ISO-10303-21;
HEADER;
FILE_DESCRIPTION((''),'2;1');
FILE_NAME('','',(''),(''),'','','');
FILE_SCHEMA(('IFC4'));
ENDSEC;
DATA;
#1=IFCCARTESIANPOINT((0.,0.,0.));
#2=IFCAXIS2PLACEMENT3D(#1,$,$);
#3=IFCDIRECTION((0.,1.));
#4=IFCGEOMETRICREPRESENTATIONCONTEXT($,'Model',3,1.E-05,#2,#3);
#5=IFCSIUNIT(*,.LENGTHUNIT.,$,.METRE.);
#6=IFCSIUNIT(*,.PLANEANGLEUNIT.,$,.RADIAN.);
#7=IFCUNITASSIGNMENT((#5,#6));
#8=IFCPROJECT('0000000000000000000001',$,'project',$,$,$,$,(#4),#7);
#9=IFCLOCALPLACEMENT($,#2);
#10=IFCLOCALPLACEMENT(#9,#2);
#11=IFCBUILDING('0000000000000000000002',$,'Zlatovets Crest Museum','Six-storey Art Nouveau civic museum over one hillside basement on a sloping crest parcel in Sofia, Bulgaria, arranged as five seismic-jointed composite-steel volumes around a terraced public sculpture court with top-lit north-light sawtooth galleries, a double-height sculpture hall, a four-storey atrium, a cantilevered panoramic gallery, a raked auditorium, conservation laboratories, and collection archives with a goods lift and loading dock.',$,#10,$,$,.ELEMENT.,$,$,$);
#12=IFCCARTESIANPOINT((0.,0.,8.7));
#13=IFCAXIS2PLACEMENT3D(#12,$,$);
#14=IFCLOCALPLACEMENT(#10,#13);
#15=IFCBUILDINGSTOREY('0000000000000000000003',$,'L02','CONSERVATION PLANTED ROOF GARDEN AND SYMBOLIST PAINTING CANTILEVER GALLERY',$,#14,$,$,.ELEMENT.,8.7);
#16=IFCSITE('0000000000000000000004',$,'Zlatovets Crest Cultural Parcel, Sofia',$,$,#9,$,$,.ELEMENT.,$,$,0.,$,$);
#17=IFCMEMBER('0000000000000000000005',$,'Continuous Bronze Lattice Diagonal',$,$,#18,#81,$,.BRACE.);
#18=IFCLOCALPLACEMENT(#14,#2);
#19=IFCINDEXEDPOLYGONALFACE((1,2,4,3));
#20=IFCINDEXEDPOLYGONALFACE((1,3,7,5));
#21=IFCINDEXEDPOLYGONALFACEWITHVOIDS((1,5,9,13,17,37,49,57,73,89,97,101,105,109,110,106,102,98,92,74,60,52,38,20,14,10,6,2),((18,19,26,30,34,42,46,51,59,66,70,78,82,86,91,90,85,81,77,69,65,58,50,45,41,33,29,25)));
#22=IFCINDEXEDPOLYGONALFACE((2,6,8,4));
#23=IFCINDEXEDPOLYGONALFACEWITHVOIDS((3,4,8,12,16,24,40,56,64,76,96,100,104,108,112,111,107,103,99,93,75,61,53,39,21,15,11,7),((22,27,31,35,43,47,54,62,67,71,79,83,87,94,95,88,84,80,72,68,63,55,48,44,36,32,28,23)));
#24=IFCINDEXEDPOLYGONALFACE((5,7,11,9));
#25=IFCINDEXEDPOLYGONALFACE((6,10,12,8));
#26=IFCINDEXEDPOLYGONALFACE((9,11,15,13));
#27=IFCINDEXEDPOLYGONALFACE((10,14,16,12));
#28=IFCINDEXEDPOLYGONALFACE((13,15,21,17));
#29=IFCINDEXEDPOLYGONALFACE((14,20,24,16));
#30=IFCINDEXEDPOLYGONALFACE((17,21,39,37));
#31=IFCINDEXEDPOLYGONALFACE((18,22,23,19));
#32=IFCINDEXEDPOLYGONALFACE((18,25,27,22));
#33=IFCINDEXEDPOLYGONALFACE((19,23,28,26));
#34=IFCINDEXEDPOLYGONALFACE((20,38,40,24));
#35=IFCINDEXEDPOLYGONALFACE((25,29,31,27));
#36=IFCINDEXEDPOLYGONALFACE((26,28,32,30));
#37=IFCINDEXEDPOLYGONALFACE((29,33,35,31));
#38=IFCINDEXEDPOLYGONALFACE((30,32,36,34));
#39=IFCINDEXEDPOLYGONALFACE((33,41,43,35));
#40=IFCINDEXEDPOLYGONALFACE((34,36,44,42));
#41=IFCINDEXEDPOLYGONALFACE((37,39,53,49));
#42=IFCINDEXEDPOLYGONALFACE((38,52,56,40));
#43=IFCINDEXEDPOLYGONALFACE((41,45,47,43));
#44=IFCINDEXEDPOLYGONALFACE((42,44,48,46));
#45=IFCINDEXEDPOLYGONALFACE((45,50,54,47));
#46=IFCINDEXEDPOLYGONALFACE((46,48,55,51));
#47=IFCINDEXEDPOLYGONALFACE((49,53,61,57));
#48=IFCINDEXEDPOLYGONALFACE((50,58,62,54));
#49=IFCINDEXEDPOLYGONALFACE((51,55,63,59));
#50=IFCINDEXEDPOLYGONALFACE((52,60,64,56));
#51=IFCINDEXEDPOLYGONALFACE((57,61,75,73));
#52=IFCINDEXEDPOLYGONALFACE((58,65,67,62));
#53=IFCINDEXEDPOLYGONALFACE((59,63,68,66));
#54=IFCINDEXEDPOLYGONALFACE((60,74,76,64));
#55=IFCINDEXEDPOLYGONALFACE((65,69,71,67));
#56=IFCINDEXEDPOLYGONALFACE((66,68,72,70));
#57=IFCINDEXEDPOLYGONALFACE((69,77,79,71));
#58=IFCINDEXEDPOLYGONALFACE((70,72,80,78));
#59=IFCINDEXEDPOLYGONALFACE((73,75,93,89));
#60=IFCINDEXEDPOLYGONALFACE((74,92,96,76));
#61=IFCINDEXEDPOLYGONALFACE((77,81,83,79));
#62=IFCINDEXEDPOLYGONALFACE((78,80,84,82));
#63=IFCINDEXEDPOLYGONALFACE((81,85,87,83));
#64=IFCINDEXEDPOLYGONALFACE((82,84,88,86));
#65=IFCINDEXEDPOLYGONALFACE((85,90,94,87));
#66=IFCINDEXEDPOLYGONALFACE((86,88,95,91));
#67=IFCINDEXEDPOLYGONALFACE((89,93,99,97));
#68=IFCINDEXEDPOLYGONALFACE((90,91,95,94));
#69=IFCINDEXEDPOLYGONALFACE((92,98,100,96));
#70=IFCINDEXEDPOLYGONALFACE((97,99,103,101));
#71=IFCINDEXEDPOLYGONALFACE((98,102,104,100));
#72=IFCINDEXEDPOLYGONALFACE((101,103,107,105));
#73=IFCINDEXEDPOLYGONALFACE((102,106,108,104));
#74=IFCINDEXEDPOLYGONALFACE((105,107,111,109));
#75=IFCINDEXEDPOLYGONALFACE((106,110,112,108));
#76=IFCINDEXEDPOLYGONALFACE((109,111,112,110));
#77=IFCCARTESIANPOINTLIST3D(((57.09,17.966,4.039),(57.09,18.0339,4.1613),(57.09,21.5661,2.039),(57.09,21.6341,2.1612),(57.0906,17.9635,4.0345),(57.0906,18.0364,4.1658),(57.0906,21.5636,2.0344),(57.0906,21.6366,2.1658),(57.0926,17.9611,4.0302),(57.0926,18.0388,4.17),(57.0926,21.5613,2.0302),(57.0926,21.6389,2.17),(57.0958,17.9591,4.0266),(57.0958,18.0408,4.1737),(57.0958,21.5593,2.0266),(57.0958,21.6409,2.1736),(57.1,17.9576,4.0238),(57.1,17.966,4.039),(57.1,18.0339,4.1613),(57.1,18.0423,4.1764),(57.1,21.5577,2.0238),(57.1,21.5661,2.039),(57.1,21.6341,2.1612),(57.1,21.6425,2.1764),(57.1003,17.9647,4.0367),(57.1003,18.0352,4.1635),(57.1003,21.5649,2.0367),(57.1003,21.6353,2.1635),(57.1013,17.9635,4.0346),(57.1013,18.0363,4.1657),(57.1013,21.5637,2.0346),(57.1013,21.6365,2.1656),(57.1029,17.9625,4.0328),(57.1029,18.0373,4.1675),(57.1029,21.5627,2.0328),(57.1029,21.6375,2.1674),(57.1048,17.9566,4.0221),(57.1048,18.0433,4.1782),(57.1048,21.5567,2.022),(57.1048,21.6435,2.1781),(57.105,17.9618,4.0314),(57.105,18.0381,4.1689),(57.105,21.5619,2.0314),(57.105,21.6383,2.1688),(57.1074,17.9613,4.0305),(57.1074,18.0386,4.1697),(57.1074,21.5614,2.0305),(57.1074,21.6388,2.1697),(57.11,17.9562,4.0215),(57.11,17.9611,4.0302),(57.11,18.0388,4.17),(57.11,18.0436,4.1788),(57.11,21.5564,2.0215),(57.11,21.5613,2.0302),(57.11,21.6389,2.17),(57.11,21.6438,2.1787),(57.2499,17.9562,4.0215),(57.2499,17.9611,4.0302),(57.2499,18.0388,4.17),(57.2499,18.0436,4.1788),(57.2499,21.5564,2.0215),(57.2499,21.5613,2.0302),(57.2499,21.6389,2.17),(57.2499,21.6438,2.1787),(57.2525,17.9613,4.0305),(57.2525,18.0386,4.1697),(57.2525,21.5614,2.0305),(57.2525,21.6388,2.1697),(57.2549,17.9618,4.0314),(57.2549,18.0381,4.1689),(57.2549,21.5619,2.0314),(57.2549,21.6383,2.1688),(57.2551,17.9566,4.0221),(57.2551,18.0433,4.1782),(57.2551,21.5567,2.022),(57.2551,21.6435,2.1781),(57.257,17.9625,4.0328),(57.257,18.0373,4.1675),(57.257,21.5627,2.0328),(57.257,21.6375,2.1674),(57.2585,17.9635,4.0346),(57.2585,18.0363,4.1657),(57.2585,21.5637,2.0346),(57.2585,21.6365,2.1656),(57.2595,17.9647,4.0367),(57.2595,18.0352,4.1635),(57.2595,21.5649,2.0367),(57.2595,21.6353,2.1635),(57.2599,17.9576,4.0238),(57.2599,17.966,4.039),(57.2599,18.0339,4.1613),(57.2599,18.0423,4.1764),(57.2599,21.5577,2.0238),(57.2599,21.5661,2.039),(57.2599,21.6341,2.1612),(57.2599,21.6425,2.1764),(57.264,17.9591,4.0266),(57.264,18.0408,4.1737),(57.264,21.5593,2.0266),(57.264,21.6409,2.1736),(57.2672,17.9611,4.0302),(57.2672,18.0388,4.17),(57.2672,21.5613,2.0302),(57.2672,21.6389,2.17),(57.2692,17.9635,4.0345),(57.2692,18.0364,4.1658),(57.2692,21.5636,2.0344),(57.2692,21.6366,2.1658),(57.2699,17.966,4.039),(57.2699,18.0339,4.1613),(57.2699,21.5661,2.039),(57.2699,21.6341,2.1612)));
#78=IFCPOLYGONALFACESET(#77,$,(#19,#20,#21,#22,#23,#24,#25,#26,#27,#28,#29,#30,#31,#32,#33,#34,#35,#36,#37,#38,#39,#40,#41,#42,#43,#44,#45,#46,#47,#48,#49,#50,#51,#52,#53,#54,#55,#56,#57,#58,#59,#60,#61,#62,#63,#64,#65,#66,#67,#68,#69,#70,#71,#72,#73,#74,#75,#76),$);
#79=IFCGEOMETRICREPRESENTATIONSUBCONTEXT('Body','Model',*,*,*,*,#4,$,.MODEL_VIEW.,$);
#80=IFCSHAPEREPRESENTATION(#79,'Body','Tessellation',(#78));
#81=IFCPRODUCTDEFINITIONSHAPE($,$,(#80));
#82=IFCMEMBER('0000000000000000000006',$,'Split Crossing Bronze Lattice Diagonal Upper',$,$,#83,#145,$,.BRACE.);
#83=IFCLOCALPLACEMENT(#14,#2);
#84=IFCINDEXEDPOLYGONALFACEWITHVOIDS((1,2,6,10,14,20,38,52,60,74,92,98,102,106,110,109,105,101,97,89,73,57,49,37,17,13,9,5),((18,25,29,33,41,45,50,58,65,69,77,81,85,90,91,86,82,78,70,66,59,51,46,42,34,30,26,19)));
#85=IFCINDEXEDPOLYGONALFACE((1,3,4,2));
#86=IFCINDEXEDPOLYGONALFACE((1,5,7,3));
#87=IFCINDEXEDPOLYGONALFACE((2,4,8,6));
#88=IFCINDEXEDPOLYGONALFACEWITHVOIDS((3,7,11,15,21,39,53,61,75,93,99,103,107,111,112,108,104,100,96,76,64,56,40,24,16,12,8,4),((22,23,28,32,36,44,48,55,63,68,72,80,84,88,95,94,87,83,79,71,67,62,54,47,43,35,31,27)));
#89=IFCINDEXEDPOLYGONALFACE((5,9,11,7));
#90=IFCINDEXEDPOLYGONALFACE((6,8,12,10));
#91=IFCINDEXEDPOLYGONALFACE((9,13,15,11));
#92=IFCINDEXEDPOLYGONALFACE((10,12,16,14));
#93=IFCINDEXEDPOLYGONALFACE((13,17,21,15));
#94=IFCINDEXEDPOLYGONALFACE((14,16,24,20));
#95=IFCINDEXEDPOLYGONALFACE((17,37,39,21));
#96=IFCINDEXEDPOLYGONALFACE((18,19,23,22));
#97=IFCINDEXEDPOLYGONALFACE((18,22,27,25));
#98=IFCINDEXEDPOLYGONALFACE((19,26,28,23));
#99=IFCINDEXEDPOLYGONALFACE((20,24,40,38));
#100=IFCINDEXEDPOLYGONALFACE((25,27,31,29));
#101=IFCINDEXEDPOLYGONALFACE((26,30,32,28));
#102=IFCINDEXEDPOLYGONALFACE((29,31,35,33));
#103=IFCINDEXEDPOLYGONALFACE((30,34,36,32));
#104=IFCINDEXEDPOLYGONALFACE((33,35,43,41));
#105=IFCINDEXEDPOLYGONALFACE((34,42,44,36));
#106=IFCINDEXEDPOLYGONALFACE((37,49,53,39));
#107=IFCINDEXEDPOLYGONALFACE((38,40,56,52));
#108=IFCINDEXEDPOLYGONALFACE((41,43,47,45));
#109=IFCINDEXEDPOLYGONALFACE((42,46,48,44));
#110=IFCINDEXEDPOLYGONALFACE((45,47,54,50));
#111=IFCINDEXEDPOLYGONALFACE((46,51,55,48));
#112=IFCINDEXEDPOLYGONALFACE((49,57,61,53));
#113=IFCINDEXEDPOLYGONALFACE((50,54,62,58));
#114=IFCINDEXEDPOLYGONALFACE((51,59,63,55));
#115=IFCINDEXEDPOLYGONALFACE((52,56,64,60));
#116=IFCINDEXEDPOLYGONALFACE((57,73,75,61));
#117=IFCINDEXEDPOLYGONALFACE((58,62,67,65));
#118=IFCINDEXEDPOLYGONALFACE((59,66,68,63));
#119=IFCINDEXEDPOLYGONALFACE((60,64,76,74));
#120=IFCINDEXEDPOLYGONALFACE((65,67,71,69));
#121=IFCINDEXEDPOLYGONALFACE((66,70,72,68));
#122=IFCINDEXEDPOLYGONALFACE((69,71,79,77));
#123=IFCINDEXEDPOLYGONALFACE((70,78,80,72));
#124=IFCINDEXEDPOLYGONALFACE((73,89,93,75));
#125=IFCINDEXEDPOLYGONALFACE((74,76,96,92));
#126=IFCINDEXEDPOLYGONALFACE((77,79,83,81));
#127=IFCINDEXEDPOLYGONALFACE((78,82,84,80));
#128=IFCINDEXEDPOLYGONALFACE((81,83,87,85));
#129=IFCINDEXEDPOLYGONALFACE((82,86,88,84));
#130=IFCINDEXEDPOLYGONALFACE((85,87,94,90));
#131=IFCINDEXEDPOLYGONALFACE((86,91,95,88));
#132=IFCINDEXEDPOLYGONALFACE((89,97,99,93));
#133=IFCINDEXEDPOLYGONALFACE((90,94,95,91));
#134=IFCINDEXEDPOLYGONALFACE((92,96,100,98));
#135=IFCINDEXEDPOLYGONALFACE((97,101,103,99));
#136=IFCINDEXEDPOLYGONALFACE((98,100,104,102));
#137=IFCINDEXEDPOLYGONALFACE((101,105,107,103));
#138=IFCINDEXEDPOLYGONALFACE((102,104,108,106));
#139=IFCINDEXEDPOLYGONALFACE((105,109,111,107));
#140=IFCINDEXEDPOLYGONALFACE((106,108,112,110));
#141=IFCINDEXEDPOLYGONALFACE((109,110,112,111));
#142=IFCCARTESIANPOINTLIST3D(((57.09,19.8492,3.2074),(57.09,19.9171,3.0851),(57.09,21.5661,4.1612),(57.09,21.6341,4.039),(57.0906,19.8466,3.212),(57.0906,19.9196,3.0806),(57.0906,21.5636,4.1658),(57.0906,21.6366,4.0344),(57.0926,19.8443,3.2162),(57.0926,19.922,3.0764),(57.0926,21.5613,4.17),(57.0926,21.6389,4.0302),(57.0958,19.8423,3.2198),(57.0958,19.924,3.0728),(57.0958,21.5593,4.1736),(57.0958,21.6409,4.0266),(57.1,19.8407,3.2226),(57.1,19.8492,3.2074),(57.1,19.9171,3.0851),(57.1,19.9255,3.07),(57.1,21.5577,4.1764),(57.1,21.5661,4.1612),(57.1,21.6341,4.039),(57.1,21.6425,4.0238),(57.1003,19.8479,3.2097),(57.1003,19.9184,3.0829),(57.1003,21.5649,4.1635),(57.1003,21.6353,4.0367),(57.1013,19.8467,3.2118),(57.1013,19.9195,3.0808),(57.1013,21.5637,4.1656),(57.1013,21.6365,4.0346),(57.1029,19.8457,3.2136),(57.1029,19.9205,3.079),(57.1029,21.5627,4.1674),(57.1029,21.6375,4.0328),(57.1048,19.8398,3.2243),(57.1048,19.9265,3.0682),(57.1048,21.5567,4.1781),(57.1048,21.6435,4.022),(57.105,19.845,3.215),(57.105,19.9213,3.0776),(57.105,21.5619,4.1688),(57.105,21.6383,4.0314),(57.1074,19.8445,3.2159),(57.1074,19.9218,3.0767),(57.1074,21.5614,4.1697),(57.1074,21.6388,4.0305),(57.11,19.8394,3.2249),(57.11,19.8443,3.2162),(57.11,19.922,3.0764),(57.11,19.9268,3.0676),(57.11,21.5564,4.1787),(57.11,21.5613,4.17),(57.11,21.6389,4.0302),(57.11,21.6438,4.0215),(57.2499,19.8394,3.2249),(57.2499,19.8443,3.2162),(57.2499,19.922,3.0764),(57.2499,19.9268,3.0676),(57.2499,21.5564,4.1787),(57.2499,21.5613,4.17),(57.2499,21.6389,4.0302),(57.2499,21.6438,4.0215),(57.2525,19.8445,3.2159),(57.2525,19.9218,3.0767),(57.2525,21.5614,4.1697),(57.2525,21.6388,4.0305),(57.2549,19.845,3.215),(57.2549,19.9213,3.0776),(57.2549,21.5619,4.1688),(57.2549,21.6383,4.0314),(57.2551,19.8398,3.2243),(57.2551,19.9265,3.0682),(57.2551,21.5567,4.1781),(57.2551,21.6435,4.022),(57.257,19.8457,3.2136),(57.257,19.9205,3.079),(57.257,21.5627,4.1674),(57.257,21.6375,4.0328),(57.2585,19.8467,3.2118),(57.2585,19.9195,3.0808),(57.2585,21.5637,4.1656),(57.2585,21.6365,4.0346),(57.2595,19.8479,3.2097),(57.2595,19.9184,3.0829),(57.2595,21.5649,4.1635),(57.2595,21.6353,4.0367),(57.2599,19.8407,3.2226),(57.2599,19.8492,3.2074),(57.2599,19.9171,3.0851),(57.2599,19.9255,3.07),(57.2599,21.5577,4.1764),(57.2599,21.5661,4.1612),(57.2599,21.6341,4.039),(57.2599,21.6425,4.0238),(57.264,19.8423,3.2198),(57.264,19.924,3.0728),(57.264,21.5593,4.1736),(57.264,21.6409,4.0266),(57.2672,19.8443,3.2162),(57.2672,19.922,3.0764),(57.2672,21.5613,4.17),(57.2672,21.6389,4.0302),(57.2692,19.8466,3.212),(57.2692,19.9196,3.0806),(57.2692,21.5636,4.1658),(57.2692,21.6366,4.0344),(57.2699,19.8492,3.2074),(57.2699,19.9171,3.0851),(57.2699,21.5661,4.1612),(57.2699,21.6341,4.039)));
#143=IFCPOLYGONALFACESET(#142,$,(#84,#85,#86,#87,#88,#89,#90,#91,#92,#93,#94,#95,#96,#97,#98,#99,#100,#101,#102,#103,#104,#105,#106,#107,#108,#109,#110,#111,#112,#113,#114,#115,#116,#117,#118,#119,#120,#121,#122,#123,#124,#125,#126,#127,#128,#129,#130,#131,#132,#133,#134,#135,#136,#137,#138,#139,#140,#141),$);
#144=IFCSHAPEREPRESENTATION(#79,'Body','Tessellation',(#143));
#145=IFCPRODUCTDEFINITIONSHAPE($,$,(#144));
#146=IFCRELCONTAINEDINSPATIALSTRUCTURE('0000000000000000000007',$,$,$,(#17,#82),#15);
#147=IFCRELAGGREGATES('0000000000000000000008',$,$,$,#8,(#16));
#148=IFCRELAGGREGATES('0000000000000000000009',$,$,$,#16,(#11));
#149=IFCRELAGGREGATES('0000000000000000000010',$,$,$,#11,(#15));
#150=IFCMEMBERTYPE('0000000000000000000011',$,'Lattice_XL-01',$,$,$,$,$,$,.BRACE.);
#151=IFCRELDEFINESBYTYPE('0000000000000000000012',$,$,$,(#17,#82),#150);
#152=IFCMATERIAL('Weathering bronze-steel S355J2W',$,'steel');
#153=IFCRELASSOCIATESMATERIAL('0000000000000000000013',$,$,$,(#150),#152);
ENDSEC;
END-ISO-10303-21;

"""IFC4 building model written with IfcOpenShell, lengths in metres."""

from ifc_helpers import new_model, si_unit, direction, frame, origin, origin_2d, place, context, subcontext, project, spatial, hollow_rectangle, extrude, material, material_profile, profile_set, type_object, element, save


model = new_model("IFC4")

# Units and contexts
model_context = context("Model", 3, precision=1e-05, world=origin(), true_north=direction((0.0, 1.0)))
body_context = subcontext(model_context, "Body", "Model", "MODEL_VIEW")
ifc_project = project(units=[si_unit("LENGTHUNIT", "METRE"), si_unit("PLANEANGLEUNIT", "RADIAN")], contexts=[model_context])

# Site, building, storey
site_placement = place(None, origin())
site = spatial("IfcSite", under=ifc_project, at=site_placement, Name="Zlatovets Crest Cultural Parcel, Sofia", CompositionType="ELEMENT", RefElevation=0.0)
building_placement = place(site_placement, origin())
building = spatial("IfcBuilding", under=site, at=building_placement, Name="Zlatovets Crest Museum", Description="Six-storey Art Nouveau civic museum over one hillside basement on a sloping crest parcel in Sofia, Bulgaria, arranged as five seismic-jointed composite-steel volumes around a terraced public sculpture court with top-lit north-light sawtooth galleries, a double-height sculpture hall, a four-storey atrium, a cantilevered panoramic gallery, a raked auditorium, conservation laboratories, and collection archives with a goods lift and loading dock.", CompositionType="ELEMENT")
storey_placement = place(building_placement, frame((0.0, 0.0, 8.7)))
storey = spatial("IfcBuildingStorey", under=building, at=storey_placement, Name="L02", Description="CONSERVATION PLANTED ROOF GARDEN AND SYMBOLIST PAINTING CANTILEVER GALLERY", CompositionType="ELEMENT", Elevation=8.7)

# Members
ifc_material_1 = material(Name="Weathering bronze-steel S355J2W", Category="steel")
ifc_material_profile_1 = material_profile(ifc_material_1, hollow_rectangle(XDim=0.1799, YDim=0.1799, WallThickness=0.01, InnerFilletRadius=0.01, OuterFilletRadius=0.02, at=origin_2d()), Name="SHS 180x180x10.0")
ifc_profile_set_1 = profile_set([ifc_material_profile_1], Name="Weathering bronze-steel S355J2W")
member_type_1 = type_object("IfcMemberType", Name="Lattice_XL-01", PredefinedType="BRACE", material=ifc_profile_set_1)
member_1_placement = place(storey_placement, frame((57.1799, 21.6001, 2.1001), z_axis=(0.0, -0.874163, 0.485633), x_axis=(1.0, 0.0, 0.0)))
element("IfcMember", 1, at=member_1_placement, inside=storey, type_object=member_type_1, Name="Continuous Bronze Lattice Diagonal", PredefinedType="BRACE", context=body_context, shape_type="SweptSolid", body=[
    extrude(hollow_rectangle(XDim=0.1799, YDim=0.1799, WallThickness=0.01, InnerFilletRadius=0.01, OuterFilletRadius=0.02, at=origin_2d()), origin(), (0.0, 0.0, 1.0), 4.1184),
])
for number, where, z_axis, x_axis, name in (
    (2, (57.1799, 21.6001, 4.1001), (0.0, -0.874169, -0.485622), (1.0, 0.0, 0.0), "Split Crossing Bronze Lattice Diagonal Upper"),
):
    element("IfcMember", number, at=place(storey_placement, frame(where, z_axis=z_axis, x_axis=x_axis)), inside=storey, type_object=member_type_1, Name=name, PredefinedType="BRACE", context=body_context, shape_type="SweptSolid", body=[
        extrude(hollow_rectangle(XDim=0.1799, YDim=0.1799, WallThickness=0.01, InnerFilletRadius=0.01, OuterFilletRadius=0.02, at=origin_2d()), origin(), (0.0, 0.0, 1.0), 1.9641),
    ])

save(model, "model.ifc")
